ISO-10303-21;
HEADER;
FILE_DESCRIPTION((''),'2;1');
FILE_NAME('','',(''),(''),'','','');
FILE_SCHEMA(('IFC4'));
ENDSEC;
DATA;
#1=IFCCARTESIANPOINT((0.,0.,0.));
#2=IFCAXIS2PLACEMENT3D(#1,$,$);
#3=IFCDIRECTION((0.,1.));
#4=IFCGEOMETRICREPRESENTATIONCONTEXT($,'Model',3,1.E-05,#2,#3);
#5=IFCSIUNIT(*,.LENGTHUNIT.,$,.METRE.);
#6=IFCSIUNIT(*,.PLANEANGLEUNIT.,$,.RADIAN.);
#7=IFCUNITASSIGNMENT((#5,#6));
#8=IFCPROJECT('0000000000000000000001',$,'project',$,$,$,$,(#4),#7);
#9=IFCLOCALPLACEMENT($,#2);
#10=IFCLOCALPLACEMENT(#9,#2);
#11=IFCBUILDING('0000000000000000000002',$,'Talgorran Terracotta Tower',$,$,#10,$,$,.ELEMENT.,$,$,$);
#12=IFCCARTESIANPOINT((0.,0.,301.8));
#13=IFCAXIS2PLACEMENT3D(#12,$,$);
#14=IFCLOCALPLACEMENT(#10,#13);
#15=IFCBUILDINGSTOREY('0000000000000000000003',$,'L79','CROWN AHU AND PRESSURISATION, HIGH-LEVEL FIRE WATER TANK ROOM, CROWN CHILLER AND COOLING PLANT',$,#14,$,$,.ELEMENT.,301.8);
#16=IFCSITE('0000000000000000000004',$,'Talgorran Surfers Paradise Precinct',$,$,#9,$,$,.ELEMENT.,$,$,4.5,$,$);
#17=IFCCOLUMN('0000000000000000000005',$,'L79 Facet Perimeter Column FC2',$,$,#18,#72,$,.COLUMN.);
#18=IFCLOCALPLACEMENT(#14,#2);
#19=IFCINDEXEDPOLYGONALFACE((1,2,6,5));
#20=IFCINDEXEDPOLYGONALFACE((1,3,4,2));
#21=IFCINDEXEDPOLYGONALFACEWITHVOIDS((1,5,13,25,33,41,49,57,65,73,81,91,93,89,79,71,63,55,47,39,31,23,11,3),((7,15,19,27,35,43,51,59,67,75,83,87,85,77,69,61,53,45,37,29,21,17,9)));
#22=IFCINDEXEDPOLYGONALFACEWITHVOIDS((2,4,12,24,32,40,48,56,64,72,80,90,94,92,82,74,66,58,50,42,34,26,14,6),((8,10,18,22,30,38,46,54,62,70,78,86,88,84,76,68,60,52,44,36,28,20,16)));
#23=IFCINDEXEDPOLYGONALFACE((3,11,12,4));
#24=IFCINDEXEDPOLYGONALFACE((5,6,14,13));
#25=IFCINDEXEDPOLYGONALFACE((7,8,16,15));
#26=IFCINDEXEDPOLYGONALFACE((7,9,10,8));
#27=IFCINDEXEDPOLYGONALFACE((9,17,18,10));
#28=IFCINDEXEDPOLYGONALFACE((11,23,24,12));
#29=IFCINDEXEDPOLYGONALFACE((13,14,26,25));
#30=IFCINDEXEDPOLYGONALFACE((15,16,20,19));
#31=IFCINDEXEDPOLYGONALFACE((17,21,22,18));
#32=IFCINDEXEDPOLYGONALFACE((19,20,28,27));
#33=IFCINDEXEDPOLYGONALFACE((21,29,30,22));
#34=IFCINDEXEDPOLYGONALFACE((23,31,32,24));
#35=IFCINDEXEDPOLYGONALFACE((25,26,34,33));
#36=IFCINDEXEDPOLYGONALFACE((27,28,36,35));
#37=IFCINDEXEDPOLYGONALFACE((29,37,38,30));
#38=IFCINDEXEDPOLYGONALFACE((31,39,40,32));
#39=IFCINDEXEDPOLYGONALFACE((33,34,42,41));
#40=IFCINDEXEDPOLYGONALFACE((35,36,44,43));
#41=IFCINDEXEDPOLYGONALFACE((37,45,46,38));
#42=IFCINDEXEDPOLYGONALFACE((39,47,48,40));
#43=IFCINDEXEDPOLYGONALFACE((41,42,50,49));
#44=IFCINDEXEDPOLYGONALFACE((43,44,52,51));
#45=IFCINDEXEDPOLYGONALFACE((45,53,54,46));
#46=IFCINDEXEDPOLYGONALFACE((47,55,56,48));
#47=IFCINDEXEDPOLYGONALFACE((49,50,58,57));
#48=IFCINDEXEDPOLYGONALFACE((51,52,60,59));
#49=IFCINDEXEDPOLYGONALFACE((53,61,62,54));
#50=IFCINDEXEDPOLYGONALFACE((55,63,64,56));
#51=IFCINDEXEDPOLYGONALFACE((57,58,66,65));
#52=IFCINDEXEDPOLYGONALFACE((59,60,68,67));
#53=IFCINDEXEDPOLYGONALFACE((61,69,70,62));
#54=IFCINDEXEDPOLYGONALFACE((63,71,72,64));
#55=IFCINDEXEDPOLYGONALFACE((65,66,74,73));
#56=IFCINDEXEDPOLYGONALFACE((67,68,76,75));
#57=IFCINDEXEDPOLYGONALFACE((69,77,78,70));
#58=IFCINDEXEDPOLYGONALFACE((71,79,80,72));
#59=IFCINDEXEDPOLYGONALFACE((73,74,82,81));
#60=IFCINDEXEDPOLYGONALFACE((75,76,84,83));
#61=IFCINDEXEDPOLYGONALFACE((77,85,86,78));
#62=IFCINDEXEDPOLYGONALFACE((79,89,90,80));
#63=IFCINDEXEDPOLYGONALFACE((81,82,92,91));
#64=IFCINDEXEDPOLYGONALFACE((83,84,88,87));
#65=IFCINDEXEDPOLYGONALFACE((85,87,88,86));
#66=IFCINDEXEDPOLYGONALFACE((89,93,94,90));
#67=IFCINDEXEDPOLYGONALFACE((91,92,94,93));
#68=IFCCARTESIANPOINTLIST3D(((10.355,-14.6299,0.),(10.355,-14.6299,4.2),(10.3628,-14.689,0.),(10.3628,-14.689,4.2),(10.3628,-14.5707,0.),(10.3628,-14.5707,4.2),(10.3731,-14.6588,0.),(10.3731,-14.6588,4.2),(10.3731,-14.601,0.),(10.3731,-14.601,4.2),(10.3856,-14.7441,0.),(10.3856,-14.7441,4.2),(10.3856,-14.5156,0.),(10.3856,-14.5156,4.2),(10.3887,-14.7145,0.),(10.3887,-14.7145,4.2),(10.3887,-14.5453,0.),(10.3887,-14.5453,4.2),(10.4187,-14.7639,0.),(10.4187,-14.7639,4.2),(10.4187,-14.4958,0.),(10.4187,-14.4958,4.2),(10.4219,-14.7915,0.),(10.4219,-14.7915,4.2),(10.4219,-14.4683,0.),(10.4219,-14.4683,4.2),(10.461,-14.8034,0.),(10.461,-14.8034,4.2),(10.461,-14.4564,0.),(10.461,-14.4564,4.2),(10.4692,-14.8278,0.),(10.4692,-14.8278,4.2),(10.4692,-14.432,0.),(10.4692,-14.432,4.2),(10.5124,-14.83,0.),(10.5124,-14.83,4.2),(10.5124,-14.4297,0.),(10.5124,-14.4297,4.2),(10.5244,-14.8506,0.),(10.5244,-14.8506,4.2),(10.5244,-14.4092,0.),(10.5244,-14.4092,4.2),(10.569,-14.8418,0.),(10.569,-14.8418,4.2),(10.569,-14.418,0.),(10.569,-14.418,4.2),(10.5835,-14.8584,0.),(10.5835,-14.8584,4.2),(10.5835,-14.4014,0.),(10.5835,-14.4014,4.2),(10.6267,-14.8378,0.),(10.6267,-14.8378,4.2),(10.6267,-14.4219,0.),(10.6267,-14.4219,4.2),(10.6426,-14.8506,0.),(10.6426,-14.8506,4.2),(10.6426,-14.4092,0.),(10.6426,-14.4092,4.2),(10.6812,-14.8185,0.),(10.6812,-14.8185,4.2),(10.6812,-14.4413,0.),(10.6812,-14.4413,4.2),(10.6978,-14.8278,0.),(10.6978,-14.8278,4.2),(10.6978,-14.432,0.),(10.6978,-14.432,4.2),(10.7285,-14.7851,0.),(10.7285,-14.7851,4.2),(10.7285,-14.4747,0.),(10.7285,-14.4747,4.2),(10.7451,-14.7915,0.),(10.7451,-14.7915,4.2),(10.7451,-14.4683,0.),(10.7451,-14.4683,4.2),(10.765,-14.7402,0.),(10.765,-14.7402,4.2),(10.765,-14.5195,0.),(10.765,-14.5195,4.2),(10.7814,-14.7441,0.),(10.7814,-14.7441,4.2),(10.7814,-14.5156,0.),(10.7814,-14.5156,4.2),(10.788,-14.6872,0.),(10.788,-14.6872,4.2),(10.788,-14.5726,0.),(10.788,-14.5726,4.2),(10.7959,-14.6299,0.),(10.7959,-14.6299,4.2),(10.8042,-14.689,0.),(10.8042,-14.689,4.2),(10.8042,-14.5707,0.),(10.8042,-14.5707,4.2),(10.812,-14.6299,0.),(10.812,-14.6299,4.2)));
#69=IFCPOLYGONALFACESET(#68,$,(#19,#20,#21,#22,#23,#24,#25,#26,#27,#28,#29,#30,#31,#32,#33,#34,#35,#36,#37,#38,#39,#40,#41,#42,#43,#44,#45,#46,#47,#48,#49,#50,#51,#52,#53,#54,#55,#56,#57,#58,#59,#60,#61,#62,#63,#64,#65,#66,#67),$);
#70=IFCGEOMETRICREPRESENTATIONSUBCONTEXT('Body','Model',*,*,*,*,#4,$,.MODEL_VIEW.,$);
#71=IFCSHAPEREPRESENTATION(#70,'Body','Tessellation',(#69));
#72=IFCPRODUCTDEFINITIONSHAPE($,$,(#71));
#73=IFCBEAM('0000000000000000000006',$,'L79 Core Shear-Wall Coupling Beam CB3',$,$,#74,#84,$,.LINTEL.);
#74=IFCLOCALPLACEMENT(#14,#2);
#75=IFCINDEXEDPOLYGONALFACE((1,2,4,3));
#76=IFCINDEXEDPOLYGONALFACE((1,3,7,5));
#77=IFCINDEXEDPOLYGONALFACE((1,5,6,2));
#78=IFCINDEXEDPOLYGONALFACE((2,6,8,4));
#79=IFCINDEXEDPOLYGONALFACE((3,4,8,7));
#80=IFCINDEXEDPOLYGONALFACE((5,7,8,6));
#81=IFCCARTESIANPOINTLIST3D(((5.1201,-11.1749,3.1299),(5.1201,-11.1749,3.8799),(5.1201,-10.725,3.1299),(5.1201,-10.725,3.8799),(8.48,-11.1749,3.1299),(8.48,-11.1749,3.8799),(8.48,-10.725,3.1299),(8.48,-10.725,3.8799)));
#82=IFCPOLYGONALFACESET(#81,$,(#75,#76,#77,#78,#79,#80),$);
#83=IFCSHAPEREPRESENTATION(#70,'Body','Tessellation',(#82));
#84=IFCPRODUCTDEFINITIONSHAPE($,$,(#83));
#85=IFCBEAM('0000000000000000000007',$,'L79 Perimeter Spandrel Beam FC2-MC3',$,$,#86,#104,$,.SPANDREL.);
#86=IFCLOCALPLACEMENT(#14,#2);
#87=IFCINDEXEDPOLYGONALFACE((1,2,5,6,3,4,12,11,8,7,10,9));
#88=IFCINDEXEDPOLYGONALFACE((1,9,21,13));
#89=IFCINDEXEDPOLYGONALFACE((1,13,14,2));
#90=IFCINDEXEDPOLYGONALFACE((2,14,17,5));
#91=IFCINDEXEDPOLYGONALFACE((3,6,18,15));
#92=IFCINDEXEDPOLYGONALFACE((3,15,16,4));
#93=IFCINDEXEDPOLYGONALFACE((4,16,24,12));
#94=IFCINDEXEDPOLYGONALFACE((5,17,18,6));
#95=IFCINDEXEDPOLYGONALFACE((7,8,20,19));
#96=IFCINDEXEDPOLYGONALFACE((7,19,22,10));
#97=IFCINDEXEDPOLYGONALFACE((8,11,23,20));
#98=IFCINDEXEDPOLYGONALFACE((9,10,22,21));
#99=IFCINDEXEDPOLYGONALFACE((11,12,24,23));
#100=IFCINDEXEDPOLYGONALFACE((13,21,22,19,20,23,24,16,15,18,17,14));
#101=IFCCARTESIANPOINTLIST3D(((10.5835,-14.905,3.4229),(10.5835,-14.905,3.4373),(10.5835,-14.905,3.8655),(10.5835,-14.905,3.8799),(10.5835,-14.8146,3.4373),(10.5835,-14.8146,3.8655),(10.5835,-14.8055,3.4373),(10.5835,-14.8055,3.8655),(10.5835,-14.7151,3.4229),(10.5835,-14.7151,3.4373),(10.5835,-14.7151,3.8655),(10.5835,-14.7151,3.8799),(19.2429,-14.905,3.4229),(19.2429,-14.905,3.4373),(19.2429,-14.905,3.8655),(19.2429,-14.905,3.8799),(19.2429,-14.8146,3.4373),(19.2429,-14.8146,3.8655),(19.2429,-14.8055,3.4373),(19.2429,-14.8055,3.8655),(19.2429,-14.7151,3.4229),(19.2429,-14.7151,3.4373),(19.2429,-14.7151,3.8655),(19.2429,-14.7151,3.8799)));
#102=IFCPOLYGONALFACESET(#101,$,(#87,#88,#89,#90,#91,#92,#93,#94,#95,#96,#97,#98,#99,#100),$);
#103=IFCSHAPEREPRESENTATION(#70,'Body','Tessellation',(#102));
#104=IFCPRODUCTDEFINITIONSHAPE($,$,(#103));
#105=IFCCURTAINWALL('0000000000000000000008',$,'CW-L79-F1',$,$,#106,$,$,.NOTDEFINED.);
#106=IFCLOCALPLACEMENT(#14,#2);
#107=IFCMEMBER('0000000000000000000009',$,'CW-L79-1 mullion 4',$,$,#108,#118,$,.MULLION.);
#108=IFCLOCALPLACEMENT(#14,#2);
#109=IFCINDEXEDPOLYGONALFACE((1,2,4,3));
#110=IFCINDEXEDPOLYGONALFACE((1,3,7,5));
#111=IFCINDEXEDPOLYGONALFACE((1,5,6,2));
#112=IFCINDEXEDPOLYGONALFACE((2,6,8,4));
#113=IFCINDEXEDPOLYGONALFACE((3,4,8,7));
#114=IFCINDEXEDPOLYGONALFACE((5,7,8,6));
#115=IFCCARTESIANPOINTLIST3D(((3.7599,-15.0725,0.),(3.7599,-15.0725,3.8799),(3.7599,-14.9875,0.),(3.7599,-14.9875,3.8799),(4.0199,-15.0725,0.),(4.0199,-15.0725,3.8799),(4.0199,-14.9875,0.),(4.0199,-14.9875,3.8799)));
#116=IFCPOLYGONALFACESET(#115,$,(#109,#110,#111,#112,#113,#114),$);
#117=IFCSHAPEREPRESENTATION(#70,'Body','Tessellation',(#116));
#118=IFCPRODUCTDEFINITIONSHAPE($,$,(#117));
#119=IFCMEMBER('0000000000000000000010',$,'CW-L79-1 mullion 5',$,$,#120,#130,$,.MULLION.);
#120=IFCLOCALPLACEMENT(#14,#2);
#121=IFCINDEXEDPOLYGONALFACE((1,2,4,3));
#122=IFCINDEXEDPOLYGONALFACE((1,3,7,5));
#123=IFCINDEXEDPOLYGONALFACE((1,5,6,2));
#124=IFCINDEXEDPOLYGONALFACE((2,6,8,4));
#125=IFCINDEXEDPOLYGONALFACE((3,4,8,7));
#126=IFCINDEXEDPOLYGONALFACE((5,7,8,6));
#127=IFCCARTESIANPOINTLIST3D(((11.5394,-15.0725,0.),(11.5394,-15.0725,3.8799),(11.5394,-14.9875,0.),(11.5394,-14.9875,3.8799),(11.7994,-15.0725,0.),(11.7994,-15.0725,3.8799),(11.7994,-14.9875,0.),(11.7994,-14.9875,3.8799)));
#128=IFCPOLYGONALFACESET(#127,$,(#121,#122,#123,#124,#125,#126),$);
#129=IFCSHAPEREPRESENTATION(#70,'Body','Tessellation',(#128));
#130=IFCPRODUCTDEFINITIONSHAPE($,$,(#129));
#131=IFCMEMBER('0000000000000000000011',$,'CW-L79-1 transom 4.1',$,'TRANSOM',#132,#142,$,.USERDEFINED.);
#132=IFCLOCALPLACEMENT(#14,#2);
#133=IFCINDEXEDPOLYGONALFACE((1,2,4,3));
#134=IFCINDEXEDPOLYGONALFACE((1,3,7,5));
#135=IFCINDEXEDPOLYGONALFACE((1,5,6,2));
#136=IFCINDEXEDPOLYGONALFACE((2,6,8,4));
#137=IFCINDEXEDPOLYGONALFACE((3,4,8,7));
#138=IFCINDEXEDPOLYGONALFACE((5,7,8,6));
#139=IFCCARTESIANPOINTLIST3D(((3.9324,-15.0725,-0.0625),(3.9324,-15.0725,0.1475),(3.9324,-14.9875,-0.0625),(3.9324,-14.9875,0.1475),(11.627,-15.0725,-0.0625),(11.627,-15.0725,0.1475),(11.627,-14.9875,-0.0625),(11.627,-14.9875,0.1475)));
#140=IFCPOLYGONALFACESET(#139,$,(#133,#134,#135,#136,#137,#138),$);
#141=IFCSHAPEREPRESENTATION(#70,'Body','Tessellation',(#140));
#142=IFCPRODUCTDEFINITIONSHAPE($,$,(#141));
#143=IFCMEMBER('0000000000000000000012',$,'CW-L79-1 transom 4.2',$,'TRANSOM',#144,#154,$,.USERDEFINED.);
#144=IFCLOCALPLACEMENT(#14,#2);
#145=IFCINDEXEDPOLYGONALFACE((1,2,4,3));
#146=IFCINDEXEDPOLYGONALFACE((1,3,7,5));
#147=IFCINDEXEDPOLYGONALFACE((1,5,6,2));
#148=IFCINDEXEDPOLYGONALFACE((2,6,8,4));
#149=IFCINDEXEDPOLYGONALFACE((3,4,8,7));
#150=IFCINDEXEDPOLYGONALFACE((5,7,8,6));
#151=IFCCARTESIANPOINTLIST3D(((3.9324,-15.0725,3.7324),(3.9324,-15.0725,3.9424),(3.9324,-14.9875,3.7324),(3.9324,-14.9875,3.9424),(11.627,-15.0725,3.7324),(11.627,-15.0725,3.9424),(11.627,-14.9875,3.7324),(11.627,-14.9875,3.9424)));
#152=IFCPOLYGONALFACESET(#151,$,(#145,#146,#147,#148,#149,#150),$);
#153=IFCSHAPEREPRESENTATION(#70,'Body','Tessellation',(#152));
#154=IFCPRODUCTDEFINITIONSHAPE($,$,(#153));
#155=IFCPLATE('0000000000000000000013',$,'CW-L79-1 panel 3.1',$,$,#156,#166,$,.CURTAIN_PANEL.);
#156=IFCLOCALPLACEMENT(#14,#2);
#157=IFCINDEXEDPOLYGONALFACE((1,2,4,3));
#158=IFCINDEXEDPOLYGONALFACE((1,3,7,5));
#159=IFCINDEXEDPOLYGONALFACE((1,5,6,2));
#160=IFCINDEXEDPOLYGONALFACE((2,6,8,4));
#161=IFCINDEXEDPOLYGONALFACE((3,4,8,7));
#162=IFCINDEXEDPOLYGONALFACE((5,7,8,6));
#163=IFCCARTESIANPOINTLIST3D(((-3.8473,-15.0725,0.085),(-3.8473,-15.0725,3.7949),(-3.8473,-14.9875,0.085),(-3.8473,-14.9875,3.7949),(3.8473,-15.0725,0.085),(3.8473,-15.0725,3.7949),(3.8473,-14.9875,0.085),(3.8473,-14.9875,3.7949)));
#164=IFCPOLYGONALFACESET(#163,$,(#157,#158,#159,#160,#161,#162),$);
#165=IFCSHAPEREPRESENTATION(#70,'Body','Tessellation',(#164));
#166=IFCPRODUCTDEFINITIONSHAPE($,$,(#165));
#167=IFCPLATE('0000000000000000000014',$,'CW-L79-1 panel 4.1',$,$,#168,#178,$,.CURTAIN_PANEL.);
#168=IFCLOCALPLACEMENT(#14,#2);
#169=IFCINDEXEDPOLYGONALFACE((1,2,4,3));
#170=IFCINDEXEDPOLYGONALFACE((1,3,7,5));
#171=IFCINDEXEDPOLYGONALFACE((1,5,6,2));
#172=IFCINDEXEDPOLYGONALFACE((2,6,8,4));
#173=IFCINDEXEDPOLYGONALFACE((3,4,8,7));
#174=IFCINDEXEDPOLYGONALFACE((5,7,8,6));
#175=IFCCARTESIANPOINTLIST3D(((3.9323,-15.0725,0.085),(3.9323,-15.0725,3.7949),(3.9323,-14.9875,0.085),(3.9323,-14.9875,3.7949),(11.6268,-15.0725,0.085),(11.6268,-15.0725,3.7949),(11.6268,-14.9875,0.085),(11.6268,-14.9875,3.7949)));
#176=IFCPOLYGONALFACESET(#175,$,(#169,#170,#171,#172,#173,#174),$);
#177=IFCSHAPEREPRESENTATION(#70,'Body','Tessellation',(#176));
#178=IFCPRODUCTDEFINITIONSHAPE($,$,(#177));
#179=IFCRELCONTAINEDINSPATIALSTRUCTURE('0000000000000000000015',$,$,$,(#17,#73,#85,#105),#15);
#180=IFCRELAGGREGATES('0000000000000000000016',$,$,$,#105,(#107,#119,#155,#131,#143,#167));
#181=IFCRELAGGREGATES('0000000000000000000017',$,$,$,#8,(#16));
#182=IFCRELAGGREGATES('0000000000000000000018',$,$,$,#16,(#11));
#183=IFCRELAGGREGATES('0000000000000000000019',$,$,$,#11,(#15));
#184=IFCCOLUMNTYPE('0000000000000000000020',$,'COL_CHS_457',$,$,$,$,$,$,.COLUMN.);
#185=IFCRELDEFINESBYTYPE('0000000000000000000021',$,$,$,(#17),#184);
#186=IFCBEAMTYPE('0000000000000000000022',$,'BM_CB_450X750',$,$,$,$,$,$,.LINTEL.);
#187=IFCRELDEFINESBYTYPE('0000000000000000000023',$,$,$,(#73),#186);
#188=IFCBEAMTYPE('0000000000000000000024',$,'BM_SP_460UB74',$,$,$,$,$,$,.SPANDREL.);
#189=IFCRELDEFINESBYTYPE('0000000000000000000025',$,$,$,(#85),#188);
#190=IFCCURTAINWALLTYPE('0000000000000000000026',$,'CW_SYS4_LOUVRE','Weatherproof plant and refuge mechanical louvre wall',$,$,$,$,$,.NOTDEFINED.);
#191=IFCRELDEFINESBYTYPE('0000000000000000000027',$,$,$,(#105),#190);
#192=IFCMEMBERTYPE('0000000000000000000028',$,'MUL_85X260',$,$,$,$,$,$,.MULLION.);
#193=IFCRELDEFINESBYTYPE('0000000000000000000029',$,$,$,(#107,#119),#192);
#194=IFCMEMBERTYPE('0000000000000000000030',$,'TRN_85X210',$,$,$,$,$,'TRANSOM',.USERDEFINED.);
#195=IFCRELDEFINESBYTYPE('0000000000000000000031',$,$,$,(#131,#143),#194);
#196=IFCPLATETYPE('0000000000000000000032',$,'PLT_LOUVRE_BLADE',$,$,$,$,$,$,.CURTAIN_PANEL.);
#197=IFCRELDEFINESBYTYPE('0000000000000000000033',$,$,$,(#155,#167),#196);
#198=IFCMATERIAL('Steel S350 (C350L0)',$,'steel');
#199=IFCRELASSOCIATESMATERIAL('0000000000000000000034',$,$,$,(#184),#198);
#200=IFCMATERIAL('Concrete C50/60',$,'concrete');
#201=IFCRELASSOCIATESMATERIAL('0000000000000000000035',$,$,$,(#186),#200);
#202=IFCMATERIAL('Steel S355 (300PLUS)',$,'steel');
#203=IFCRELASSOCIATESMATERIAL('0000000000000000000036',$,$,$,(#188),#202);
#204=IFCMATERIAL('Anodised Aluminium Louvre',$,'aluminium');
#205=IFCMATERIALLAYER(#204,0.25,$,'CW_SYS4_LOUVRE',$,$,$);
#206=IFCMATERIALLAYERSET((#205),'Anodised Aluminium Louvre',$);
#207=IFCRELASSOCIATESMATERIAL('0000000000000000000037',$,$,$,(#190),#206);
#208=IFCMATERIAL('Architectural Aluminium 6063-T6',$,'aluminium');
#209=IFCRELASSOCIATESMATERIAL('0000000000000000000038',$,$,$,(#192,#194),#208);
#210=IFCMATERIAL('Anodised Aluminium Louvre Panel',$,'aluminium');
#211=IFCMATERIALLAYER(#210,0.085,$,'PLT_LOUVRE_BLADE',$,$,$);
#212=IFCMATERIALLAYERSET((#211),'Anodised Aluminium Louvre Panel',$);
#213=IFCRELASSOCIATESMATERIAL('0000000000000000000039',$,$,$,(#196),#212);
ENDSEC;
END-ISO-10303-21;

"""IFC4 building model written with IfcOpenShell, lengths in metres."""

from ifc_helpers import new_model, si_unit, direction, frame, origin, origin_2d, place, context, subcontext, project, spatial, rectangle, hollow_circle, i_section, extrude, source, transform, mapped, material, layer, layer_set, material_profile, profile_set, type_object, type_shapes, element, aggregate, save


model = new_model("IFC4")

# Units and contexts
model_context = context("Model", 3, precision=1e-05, world=origin(), true_north=direction((0.0, 1.0)))
body_context = subcontext(model_context, "Body", "Model", "MODEL_VIEW")
ifc_project = project(units=[si_unit("LENGTHUNIT", "METRE"), si_unit("PLANEANGLEUNIT", "RADIAN")], contexts=[model_context])

# Site, building, storey
site_placement = place(None, origin())
site = spatial("IfcSite", under=ifc_project, at=site_placement, Name="Talgorran Surfers Paradise Precinct", CompositionType="ELEMENT", RefElevation=4.5)
building_placement = place(site_placement, origin())
building = spatial("IfcBuilding", under=site, at=building_placement, Name="Talgorran Terracotta Tower", CompositionType="ELEMENT")
storey_placement = place(building_placement, frame((0.0, 0.0, 301.8)))
storey = spatial("IfcBuildingStorey", under=building, at=storey_placement, Name="L79", Description="CROWN AHU AND PRESSURISATION, HIGH-LEVEL FIRE WATER TANK ROOM, CROWN CHILLER AND COOLING PLANT", CompositionType="ELEMENT", Elevation=301.8)

# Column
ifc_material_1 = material(Name="Steel S350 (C350L0)", Category="steel")
ifc_material_profile_1 = material_profile(ifc_material_1, hollow_circle(Radius=0.2285, WallThickness=0.0161, at=origin_2d()), Name="CHS457X16")
ifc_profile_set_1 = profile_set([ifc_material_profile_1], Name="Steel S350 (C350L0)")
column_type = type_object("IfcColumnType", Name="COL_CHS_457", PredefinedType="COLUMN", material=ifc_profile_set_1)
column_placement = place(storey_placement, frame((10.5835, -14.6299, 0.0), z_axis=(0.0, 0.0, 1.0), x_axis=(1.0, 0.0, 0.0)))
element("IfcColumn", 1, at=column_placement, inside=storey, type_object=column_type, Name="L79 Facet Perimeter Column FC2", PredefinedType="COLUMN", context=body_context, shape_type="SweptSolid", body=[
    extrude(hollow_circle(Radius=0.2285, WallThickness=0.0161, at=origin_2d()), origin(), (0.0, 0.0, 1.0), 4.2),
])

# Beams
ifc_material_2 = material(Name="Concrete C50/60", Category="concrete")
ifc_material_profile_2 = material_profile(ifc_material_2, rectangle(XDim=0.45, YDim=0.75, at=origin_2d()), Name="RCCB450X750")
ifc_profile_set_2 = profile_set([ifc_material_profile_2], Name="Concrete C50/60")
beam_type_1 = type_object("IfcBeamType", Name="BM_CB_450X750", PredefinedType="LINTEL", material=ifc_profile_set_2)
beam_1_placement = place(storey_placement, frame((5.1201, -10.95, 3.5049), z_axis=(1.0, 0.0, 0.0), x_axis=(0.0, 1.0, 0.0)))
element("IfcBeam", 2, at=beam_1_placement, inside=storey, type_object=beam_type_1, Name="L79 Core Shear-Wall Coupling Beam CB3", PredefinedType="LINTEL", context=body_context, shape_type="SweptSolid", body=[
    extrude(rectangle(XDim=0.45, YDim=0.75, at=origin_2d()), origin(), (0.0, 0.0, 1.0), 3.3599),
])
ifc_material_3 = material(Name="Steel S355 (300PLUS)", Category="steel")
ifc_material_profile_3 = material_profile(ifc_material_3, i_section(OverallWidth=0.1899, OverallDepth=0.457, WebThickness=0.009, FlangeThickness=0.0144, at=origin_2d()), Name="460UB74.6")
ifc_profile_set_3 = profile_set([ifc_material_profile_3], Name="Steel S355 (300PLUS)")
beam_type_2 = type_object("IfcBeamType", Name="BM_SP_460UB74", PredefinedType="SPANDREL", material=ifc_profile_set_3)
beam_2_placement = place(storey_placement, frame((10.5835, -14.8101, 3.6514), z_axis=(1.0, 0.0, 0.0), x_axis=(0.0, 1.0, 0.0)))
element("IfcBeam", 3, at=beam_2_placement, inside=storey, type_object=beam_type_2, Name="L79 Perimeter Spandrel Beam FC2-MC3", PredefinedType="SPANDREL", context=body_context, shape_type="SweptSolid", body=[
    extrude(i_section(OverallWidth=0.1899, OverallDepth=0.457, WebThickness=0.009, FlangeThickness=0.0144, at=origin_2d()), origin(), (0.0, 0.0, 1.0), 8.6594),
])

# Curtain wall, members, plates
ifc_material_4 = material(Name="Anodised Aluminium Louvre", Category="aluminium")
ifc_layer_1 = layer(ifc_material_4, 0.25, Name="CW_SYS4_LOUVRE")
ifc_layer_set_1 = layer_set([ifc_layer_1], Name="Anodised Aluminium Louvre")
curtain_wall_type = type_object("IfcCurtainWallType", Name="CW_SYS4_LOUVRE", Description="Weatherproof plant and refuge mechanical louvre wall", PredefinedType="NOTDEFINED", material=ifc_layer_set_1)
curtain_wall_placement = place(storey_placement, origin())
curtain_wall = element("IfcCurtainWall", 4, at=curtain_wall_placement, inside=storey, type_object=curtain_wall_type, Name="CW-L79-F1", PredefinedType="NOTDEFINED")
ifc_material_5 = material(Name="Architectural Aluminium 6063-T6", Category="aluminium")
ifc_material_profile_4 = material_profile(ifc_material_5, rectangle(XDim=0.085, YDim=0.26, at=origin_2d()), Name="CWM85X260")
ifc_profile_set_4 = profile_set([ifc_material_profile_4], Name="Architectural Aluminium 6063-T6")
member_type_1 = type_object("IfcMemberType", Name="MUL_85X260", PredefinedType="MULLION", material=ifc_profile_set_4)
member_1_placement = place(storey_placement, frame((3.8899, -15.03, 0.0), z_axis=(0.0, 0.0, 1.0), x_axis=(0.0, 1.0, 0.0)))
member_1 = element("IfcMember", 5, at=member_1_placement, type_object=member_type_1, Name="CW-L79-1 mullion 4", PredefinedType="MULLION", context=body_context, shape_type="SweptSolid", body=[
    extrude(rectangle(XDim=0.085, YDim=0.26, at=origin_2d()), origin(), (0.0, 0.0, 1.0), 3.8799),
])
member_2_placement = place(storey_placement, frame((11.6694, -15.03, 0.0), z_axis=(0.0, 0.0, 1.0), x_axis=(0.0, 1.0, 0.0)))
member_2 = element("IfcMember", 6, at=member_2_placement, type_object=member_type_1, Name="CW-L79-1 mullion 5", PredefinedType="MULLION", context=body_context, shape_type="SweptSolid", body=[
    extrude(rectangle(XDim=0.085, YDim=0.26, at=origin_2d()), origin(), (0.0, 0.0, 1.0), 3.8799),
])
ifc_material_profile_5 = material_profile(ifc_material_5, rectangle(XDim=0.085, YDim=0.21, at=origin_2d()), Name="CWT85X210")
ifc_profile_set_5 = profile_set([ifc_material_profile_5], Name="Architectural Aluminium 6063-T6")
member_type_2 = type_object("IfcMemberType", Name="TRN_85X210", ElementType="TRANSOM", PredefinedType="USERDEFINED", material=ifc_profile_set_5)
member_3_placement = place(storey_placement, frame((3.9324, -15.03, 0.0425), z_axis=(1.0, 0.0, 0.0), x_axis=(0.0, 1.0, 0.0)))
member_3 = element("IfcMember", 7, at=member_3_placement, type_object=member_type_2, Name="CW-L79-1 transom 4.1", ObjectType="TRANSOM", PredefinedType="USERDEFINED", context=body_context, shape_type="SweptSolid", body=[
    extrude(rectangle(XDim=0.085, YDim=0.21, at=origin_2d()), origin(), (0.0, 0.0, 1.0), 7.6946),
])
member_4_placement = place(storey_placement, frame((3.9324, -15.03, 3.8374), z_axis=(1.0, 0.0, 0.0), x_axis=(0.0, 1.0, 0.0)))
member_4 = element("IfcMember", 8, at=member_4_placement, type_object=member_type_2, Name="CW-L79-1 transom 4.2", ObjectType="TRANSOM", PredefinedType="USERDEFINED", context=body_context, shape_type="SweptSolid", body=[
    extrude(rectangle(XDim=0.085, YDim=0.21, at=origin_2d()), origin(), (0.0, 0.0, 1.0), 7.6946),
])
ifc_material_6 = material(Name="Anodised Aluminium Louvre Panel", Category="aluminium")
ifc_layer_2 = layer(ifc_material_6, 0.085, Name="PLT_LOUVRE_BLADE")
ifc_layer_set_2 = layer_set([ifc_layer_2], Name="Anodised Aluminium Louvre Panel")
plate_type = type_object("IfcPlateType", Name="PLT_LOUVRE_BLADE", PredefinedType="CURTAIN_PANEL", material=ifc_layer_set_2)
shared_shape = source(origin(), body_context, "Body", "SweptSolid", [
    extrude(rectangle(XDim=7.6946, YDim=0.085, at=origin_2d()), origin(), (0.0, 0.0, 1.0), 3.71),
])
type_shapes(plate_type, [shared_shape])
plate_1_placement = place(storey_placement, frame((0.0, -15.03, 0.085), z_axis=(0.0, 0.0, 1.0), x_axis=(1.0, 0.0, 0.0)))
plate_1 = element("IfcPlate", 9, at=plate_1_placement, type_object=plate_type, Name="CW-L79-1 panel 3.1", PredefinedType="CURTAIN_PANEL", context=body_context, shape_type="MappedRepresentation", body=[
    mapped(shared_shape, transform((0.0, 0.0, 0.0), scale=1.0)),
])
plate_2_placement = place(storey_placement, frame((7.7795, -15.03, 0.085), z_axis=(0.0, 0.0, 1.0), x_axis=(1.0, 0.0, 0.0)))
plate_2 = element("IfcPlate", 10, at=plate_2_placement, type_object=plate_type, Name="CW-L79-1 panel 4.1", PredefinedType="CURTAIN_PANEL", context=body_context, shape_type="MappedRepresentation", body=[
    mapped(shared_shape, transform((0.0, 0.0, 0.0), scale=1.0)),
])
aggregate(curtain_wall, [member_1, member_2, plate_1, member_3, member_4, plate_2])

save(model, "model.ifc")
